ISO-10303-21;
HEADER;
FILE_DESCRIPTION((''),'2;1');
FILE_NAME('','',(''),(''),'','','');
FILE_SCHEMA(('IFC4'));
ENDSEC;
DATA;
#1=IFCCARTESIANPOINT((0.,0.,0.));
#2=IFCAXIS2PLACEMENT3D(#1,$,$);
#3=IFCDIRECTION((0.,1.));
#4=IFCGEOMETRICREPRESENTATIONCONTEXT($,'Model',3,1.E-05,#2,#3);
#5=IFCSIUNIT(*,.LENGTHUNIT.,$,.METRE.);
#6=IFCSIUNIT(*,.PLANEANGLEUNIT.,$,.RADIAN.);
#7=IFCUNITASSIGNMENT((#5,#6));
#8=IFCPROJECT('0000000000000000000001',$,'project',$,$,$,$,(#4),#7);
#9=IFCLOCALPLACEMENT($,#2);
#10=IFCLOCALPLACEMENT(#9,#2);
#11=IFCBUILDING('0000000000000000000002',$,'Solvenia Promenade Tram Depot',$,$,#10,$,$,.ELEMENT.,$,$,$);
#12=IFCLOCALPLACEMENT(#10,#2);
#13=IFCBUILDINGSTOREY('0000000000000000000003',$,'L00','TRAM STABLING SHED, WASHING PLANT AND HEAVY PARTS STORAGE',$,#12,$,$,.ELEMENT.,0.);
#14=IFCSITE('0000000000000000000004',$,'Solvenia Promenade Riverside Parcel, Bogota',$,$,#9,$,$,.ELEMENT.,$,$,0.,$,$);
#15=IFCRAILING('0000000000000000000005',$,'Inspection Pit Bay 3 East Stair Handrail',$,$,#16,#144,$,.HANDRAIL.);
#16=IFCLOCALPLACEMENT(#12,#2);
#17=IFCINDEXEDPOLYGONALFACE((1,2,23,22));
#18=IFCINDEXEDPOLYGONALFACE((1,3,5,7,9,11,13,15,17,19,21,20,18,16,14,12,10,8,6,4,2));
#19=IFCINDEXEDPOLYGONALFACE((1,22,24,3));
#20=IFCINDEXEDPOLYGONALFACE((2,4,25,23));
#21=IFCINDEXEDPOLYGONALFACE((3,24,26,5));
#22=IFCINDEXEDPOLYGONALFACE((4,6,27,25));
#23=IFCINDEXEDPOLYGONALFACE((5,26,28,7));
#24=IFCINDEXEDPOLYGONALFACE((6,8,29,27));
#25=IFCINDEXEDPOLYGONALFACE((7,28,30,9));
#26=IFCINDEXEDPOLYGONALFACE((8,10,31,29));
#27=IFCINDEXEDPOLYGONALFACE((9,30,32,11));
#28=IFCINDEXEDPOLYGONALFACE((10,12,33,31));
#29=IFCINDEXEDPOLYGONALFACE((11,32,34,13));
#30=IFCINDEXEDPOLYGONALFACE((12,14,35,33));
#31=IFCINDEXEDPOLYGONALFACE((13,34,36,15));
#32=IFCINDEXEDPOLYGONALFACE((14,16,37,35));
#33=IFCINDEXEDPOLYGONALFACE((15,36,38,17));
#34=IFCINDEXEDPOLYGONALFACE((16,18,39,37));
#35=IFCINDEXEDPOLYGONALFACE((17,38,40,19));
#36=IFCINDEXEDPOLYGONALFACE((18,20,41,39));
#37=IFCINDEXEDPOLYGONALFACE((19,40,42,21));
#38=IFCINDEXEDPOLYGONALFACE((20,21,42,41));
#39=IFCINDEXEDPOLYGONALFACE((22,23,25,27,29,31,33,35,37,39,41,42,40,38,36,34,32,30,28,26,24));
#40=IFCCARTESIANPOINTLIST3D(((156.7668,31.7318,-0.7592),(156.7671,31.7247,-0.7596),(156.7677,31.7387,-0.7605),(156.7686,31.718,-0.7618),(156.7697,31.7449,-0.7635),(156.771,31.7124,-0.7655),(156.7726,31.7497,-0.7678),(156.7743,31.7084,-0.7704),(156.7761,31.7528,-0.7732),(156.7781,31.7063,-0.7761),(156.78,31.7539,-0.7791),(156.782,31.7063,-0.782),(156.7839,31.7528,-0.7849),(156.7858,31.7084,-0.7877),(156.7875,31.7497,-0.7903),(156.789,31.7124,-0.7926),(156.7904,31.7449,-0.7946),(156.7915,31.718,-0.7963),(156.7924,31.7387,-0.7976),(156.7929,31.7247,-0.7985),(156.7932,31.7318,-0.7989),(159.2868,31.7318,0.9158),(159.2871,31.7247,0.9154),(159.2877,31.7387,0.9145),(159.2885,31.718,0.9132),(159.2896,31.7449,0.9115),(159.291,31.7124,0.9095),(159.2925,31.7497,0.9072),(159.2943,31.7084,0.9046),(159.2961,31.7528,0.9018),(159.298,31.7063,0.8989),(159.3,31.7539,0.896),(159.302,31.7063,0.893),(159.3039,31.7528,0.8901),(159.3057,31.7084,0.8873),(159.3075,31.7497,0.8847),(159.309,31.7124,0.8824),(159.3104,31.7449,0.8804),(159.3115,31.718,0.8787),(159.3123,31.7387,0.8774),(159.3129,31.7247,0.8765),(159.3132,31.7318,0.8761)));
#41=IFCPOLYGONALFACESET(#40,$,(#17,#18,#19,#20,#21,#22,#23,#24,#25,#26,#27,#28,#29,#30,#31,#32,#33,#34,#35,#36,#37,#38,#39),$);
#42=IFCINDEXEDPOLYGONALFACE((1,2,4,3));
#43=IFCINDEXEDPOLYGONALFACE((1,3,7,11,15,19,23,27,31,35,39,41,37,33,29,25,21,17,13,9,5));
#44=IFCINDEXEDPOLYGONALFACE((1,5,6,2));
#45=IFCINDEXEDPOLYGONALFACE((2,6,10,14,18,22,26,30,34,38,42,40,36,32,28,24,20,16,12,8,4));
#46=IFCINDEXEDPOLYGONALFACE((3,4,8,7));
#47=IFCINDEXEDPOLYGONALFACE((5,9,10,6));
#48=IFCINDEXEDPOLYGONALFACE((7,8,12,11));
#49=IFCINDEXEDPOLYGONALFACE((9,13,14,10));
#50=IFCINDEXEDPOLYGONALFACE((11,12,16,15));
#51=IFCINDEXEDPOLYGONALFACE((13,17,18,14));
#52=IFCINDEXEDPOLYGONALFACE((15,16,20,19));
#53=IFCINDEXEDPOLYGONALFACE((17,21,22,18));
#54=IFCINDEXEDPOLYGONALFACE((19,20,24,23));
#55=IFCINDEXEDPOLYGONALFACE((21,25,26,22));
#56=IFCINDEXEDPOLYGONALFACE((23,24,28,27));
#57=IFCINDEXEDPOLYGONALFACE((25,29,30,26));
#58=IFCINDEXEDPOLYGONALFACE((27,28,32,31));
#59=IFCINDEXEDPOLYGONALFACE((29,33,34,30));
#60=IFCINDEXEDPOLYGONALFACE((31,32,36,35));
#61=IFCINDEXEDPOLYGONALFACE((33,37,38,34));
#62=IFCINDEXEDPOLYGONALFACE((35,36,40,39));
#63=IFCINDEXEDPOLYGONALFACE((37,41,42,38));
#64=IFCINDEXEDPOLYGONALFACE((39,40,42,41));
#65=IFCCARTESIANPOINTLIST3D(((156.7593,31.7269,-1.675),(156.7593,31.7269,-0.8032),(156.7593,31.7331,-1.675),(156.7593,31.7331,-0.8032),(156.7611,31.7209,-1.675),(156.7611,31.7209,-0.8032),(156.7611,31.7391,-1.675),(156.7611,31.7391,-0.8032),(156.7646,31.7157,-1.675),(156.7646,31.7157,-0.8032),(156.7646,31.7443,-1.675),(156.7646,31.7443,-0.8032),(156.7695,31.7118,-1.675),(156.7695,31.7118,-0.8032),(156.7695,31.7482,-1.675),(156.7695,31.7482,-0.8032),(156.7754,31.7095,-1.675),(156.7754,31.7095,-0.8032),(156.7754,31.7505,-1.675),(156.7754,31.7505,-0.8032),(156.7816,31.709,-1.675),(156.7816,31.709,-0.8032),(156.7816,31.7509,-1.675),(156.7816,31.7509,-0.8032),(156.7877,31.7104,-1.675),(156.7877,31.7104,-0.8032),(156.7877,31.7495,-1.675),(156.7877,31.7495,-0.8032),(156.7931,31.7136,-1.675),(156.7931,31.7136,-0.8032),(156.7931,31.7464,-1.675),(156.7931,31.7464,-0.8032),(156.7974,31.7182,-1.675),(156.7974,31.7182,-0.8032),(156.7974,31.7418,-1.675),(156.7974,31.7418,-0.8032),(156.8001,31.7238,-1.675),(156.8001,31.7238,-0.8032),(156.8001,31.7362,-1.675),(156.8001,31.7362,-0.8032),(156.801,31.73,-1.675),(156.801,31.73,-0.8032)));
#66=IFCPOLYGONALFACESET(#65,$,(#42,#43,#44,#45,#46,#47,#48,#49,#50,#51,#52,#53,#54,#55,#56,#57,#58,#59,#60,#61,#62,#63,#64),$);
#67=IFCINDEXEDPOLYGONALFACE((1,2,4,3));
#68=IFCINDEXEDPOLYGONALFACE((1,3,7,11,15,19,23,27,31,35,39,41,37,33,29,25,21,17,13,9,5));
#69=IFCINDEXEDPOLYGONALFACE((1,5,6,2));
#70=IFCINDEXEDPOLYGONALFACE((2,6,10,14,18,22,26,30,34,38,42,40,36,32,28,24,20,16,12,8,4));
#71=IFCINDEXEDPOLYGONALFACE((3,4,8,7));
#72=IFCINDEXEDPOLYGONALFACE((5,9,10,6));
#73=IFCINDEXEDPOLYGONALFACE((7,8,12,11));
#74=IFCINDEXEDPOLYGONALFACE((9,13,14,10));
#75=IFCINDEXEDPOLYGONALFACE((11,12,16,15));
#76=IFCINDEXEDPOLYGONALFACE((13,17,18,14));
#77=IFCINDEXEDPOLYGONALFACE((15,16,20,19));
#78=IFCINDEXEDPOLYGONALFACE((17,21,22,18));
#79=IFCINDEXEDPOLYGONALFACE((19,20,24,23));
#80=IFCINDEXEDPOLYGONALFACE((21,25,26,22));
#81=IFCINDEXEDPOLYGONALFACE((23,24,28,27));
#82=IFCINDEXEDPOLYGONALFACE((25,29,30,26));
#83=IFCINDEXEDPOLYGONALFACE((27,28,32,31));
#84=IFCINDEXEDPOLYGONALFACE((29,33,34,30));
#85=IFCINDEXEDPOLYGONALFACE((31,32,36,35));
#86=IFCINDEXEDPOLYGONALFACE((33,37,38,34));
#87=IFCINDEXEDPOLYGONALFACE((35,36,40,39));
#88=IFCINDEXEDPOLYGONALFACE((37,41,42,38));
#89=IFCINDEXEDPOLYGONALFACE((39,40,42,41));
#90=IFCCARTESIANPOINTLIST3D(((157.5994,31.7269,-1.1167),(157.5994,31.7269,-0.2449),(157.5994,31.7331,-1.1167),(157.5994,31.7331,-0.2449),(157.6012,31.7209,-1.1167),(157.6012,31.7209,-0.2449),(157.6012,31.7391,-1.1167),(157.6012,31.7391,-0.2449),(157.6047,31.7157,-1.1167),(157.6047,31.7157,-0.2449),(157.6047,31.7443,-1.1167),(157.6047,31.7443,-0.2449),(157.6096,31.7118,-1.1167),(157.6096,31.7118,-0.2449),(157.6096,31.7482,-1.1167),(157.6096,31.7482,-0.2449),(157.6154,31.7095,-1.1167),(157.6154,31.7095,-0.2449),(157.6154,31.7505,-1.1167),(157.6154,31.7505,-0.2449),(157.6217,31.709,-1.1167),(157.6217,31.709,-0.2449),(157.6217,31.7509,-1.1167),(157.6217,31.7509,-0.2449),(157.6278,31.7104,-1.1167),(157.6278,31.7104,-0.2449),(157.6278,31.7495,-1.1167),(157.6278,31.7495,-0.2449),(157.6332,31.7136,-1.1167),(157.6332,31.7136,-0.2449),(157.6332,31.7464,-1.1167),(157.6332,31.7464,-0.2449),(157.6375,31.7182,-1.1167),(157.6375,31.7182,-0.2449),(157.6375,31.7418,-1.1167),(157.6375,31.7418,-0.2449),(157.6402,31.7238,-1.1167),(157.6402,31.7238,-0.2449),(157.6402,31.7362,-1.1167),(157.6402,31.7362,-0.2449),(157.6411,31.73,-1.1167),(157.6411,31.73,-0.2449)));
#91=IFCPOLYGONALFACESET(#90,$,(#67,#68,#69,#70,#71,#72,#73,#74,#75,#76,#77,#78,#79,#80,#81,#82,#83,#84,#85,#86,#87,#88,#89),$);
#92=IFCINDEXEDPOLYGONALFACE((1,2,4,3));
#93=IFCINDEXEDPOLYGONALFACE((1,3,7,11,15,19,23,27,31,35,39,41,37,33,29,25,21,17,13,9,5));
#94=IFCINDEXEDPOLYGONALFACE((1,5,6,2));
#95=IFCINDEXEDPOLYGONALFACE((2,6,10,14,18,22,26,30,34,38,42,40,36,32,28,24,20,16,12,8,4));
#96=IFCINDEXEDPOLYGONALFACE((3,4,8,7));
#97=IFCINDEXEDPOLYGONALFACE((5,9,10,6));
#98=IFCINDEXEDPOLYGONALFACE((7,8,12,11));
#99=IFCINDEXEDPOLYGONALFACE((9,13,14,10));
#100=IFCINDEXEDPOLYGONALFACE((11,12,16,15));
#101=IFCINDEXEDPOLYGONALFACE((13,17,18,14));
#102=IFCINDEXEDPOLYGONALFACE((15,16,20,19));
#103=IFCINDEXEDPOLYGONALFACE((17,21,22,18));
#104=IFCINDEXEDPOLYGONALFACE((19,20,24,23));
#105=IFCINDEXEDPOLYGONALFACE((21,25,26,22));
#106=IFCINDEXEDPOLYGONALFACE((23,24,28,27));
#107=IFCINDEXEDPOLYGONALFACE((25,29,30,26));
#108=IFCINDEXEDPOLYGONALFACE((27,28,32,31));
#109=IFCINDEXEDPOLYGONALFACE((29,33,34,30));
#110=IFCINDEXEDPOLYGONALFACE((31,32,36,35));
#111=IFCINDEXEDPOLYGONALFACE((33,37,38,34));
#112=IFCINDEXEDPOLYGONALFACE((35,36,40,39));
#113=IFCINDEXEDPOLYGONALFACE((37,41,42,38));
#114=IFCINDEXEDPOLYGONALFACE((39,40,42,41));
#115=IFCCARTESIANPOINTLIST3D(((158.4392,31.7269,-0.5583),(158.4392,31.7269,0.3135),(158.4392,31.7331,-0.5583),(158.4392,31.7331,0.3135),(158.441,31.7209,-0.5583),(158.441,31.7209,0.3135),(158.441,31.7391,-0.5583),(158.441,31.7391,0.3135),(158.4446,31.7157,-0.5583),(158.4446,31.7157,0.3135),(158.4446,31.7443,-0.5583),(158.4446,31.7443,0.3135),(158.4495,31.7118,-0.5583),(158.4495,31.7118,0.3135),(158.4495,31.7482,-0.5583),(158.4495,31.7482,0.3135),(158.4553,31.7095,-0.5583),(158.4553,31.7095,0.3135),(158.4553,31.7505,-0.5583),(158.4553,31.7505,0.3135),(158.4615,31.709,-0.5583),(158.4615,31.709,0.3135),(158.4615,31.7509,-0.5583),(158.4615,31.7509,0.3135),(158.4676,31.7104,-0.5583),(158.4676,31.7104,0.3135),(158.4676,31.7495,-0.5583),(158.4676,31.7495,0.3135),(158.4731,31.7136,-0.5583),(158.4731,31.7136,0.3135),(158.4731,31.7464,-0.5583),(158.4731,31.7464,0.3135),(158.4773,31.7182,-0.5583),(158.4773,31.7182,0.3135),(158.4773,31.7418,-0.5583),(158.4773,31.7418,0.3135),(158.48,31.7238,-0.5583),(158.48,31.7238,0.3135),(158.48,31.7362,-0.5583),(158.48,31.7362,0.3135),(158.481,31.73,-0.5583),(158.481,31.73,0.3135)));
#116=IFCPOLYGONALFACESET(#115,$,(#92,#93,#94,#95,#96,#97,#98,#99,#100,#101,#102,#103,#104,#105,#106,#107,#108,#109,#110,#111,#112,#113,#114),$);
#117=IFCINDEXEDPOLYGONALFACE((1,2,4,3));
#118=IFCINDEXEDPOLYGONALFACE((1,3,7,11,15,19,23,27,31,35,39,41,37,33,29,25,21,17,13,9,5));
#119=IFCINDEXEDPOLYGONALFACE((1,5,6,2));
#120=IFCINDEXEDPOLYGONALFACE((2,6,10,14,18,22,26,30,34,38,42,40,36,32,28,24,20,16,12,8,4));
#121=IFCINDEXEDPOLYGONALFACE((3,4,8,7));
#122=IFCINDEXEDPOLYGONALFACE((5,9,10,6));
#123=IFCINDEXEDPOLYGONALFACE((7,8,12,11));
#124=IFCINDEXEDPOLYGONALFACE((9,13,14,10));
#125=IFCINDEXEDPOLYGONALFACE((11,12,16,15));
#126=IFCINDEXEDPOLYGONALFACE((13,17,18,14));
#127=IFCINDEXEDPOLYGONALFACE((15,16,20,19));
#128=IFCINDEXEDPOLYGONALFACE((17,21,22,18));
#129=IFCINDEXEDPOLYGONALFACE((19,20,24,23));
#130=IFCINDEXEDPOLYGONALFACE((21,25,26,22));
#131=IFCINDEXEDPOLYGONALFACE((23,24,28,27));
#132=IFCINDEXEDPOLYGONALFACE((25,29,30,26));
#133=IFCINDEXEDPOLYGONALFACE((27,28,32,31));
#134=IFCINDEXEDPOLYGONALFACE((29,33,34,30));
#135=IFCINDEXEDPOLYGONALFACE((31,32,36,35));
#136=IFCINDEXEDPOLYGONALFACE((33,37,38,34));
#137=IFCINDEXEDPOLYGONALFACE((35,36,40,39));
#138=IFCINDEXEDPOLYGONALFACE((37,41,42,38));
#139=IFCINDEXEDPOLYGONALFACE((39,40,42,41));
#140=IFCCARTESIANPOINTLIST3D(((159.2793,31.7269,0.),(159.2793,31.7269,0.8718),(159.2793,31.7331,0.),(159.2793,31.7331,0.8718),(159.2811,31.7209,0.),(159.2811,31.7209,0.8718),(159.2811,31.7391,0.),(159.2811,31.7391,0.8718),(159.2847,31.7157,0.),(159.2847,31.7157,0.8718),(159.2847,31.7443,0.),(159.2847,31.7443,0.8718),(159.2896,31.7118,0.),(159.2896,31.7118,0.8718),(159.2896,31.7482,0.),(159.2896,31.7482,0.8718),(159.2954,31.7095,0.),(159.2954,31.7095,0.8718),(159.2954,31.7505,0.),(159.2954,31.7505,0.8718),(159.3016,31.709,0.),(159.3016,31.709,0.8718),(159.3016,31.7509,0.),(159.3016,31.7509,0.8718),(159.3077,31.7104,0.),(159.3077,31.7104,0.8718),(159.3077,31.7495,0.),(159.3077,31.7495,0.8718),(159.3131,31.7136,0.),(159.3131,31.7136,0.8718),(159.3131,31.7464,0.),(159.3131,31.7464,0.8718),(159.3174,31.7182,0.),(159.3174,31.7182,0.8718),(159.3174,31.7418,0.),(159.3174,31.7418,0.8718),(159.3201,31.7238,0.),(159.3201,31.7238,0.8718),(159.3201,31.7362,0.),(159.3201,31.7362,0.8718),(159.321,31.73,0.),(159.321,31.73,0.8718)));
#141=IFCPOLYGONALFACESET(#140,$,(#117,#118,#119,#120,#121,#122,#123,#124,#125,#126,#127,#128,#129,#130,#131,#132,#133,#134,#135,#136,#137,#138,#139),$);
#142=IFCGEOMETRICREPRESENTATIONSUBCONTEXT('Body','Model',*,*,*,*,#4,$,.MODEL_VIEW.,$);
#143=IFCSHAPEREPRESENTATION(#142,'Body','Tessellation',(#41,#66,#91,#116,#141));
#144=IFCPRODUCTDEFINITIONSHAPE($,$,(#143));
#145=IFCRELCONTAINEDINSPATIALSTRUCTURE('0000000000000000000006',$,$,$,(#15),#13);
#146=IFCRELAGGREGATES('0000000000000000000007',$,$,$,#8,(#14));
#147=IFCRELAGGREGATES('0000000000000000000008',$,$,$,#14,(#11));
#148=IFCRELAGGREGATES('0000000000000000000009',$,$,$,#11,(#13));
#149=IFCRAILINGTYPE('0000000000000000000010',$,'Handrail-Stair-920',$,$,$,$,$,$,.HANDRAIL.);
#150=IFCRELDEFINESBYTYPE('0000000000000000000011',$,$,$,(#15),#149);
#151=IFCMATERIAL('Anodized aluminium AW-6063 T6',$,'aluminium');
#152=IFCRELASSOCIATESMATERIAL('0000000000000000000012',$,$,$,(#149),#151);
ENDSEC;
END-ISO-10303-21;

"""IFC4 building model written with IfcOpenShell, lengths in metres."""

from ifc_helpers import new_model, si_unit, direction, frame, origin, origin_2d, place, context, subcontext, project, spatial, circle, extrude, material, type_object, element, save


model = new_model("IFC4")

# Units and contexts
model_context = context("Model", 3, precision=1e-05, world=origin(), true_north=direction((0.0, 1.0)))
body_context = subcontext(model_context, "Body", "Model", "MODEL_VIEW")
ifc_project = project(units=[si_unit("LENGTHUNIT", "METRE"), si_unit("PLANEANGLEUNIT", "RADIAN")], contexts=[model_context])

# Site, building, storey
site_placement = place(None, origin())
site = spatial("IfcSite", under=ifc_project, at=site_placement, Name="Solvenia Promenade Riverside Parcel, Bogota", CompositionType="ELEMENT", RefElevation=0.0)
building_placement = place(site_placement, origin())
building = spatial("IfcBuilding", under=site, at=building_placement, Name="Solvenia Promenade Tram Depot", CompositionType="ELEMENT")
storey_placement = place(building_placement, origin())
storey = spatial("IfcBuildingStorey", under=building, at=storey_placement, Name="L00", Description="TRAM STABLING SHED, WASHING PLANT AND HEAVY PARTS STORAGE", CompositionType="ELEMENT", Elevation=0.0)

# Railing
ifc_material_1 = material(Name="Anodized aluminium AW-6063 T6", Category="aluminium")
railing_type = type_object("IfcRailingType", Name="Handrail-Stair-920", PredefinedType="HANDRAIL", material=ifc_material_1)
for number, where, name in (
    (1, (156.78, 31.73, -1.675), "Inspection Pit Bay 3 East Stair Handrail"),
):
    element("IfcRailing", number, at=place(storey_placement, frame(where)), inside=storey, type_object=railing_type, Name=name, PredefinedType="HANDRAIL", context=body_context, shape_type="SweptSolid", body=[
        extrude(circle(Radius=0.0239, at=origin_2d()), frame((0.0, 0.0, 0.896), z_axis=(0.832807, 0.0, 0.553564), x_axis=(0.0, 1.0, 0.0)), (0.0, 0.0, 1.0), 3.0259),
        extrude(circle(Radius=0.021, at=origin_2d()), origin(), (0.0, 0.0, 1.0), 0.8718),
        extrude(circle(Radius=0.021, at=origin_2d()), frame((0.8401, 0.0, 0.5583)), (0.0, 0.0, 1.0), 0.8718),
        extrude(circle(Radius=0.021, at=origin_2d()), frame((1.6799, 0.0, 1.1167)), (0.0, 0.0, 1.0), 0.8718),
        extrude(circle(Radius=0.021, at=origin_2d()), frame((2.52, 0.0, 1.675)), (0.0, 0.0, 1.0), 0.8718),
    ])

save(model, "model.ifc")
